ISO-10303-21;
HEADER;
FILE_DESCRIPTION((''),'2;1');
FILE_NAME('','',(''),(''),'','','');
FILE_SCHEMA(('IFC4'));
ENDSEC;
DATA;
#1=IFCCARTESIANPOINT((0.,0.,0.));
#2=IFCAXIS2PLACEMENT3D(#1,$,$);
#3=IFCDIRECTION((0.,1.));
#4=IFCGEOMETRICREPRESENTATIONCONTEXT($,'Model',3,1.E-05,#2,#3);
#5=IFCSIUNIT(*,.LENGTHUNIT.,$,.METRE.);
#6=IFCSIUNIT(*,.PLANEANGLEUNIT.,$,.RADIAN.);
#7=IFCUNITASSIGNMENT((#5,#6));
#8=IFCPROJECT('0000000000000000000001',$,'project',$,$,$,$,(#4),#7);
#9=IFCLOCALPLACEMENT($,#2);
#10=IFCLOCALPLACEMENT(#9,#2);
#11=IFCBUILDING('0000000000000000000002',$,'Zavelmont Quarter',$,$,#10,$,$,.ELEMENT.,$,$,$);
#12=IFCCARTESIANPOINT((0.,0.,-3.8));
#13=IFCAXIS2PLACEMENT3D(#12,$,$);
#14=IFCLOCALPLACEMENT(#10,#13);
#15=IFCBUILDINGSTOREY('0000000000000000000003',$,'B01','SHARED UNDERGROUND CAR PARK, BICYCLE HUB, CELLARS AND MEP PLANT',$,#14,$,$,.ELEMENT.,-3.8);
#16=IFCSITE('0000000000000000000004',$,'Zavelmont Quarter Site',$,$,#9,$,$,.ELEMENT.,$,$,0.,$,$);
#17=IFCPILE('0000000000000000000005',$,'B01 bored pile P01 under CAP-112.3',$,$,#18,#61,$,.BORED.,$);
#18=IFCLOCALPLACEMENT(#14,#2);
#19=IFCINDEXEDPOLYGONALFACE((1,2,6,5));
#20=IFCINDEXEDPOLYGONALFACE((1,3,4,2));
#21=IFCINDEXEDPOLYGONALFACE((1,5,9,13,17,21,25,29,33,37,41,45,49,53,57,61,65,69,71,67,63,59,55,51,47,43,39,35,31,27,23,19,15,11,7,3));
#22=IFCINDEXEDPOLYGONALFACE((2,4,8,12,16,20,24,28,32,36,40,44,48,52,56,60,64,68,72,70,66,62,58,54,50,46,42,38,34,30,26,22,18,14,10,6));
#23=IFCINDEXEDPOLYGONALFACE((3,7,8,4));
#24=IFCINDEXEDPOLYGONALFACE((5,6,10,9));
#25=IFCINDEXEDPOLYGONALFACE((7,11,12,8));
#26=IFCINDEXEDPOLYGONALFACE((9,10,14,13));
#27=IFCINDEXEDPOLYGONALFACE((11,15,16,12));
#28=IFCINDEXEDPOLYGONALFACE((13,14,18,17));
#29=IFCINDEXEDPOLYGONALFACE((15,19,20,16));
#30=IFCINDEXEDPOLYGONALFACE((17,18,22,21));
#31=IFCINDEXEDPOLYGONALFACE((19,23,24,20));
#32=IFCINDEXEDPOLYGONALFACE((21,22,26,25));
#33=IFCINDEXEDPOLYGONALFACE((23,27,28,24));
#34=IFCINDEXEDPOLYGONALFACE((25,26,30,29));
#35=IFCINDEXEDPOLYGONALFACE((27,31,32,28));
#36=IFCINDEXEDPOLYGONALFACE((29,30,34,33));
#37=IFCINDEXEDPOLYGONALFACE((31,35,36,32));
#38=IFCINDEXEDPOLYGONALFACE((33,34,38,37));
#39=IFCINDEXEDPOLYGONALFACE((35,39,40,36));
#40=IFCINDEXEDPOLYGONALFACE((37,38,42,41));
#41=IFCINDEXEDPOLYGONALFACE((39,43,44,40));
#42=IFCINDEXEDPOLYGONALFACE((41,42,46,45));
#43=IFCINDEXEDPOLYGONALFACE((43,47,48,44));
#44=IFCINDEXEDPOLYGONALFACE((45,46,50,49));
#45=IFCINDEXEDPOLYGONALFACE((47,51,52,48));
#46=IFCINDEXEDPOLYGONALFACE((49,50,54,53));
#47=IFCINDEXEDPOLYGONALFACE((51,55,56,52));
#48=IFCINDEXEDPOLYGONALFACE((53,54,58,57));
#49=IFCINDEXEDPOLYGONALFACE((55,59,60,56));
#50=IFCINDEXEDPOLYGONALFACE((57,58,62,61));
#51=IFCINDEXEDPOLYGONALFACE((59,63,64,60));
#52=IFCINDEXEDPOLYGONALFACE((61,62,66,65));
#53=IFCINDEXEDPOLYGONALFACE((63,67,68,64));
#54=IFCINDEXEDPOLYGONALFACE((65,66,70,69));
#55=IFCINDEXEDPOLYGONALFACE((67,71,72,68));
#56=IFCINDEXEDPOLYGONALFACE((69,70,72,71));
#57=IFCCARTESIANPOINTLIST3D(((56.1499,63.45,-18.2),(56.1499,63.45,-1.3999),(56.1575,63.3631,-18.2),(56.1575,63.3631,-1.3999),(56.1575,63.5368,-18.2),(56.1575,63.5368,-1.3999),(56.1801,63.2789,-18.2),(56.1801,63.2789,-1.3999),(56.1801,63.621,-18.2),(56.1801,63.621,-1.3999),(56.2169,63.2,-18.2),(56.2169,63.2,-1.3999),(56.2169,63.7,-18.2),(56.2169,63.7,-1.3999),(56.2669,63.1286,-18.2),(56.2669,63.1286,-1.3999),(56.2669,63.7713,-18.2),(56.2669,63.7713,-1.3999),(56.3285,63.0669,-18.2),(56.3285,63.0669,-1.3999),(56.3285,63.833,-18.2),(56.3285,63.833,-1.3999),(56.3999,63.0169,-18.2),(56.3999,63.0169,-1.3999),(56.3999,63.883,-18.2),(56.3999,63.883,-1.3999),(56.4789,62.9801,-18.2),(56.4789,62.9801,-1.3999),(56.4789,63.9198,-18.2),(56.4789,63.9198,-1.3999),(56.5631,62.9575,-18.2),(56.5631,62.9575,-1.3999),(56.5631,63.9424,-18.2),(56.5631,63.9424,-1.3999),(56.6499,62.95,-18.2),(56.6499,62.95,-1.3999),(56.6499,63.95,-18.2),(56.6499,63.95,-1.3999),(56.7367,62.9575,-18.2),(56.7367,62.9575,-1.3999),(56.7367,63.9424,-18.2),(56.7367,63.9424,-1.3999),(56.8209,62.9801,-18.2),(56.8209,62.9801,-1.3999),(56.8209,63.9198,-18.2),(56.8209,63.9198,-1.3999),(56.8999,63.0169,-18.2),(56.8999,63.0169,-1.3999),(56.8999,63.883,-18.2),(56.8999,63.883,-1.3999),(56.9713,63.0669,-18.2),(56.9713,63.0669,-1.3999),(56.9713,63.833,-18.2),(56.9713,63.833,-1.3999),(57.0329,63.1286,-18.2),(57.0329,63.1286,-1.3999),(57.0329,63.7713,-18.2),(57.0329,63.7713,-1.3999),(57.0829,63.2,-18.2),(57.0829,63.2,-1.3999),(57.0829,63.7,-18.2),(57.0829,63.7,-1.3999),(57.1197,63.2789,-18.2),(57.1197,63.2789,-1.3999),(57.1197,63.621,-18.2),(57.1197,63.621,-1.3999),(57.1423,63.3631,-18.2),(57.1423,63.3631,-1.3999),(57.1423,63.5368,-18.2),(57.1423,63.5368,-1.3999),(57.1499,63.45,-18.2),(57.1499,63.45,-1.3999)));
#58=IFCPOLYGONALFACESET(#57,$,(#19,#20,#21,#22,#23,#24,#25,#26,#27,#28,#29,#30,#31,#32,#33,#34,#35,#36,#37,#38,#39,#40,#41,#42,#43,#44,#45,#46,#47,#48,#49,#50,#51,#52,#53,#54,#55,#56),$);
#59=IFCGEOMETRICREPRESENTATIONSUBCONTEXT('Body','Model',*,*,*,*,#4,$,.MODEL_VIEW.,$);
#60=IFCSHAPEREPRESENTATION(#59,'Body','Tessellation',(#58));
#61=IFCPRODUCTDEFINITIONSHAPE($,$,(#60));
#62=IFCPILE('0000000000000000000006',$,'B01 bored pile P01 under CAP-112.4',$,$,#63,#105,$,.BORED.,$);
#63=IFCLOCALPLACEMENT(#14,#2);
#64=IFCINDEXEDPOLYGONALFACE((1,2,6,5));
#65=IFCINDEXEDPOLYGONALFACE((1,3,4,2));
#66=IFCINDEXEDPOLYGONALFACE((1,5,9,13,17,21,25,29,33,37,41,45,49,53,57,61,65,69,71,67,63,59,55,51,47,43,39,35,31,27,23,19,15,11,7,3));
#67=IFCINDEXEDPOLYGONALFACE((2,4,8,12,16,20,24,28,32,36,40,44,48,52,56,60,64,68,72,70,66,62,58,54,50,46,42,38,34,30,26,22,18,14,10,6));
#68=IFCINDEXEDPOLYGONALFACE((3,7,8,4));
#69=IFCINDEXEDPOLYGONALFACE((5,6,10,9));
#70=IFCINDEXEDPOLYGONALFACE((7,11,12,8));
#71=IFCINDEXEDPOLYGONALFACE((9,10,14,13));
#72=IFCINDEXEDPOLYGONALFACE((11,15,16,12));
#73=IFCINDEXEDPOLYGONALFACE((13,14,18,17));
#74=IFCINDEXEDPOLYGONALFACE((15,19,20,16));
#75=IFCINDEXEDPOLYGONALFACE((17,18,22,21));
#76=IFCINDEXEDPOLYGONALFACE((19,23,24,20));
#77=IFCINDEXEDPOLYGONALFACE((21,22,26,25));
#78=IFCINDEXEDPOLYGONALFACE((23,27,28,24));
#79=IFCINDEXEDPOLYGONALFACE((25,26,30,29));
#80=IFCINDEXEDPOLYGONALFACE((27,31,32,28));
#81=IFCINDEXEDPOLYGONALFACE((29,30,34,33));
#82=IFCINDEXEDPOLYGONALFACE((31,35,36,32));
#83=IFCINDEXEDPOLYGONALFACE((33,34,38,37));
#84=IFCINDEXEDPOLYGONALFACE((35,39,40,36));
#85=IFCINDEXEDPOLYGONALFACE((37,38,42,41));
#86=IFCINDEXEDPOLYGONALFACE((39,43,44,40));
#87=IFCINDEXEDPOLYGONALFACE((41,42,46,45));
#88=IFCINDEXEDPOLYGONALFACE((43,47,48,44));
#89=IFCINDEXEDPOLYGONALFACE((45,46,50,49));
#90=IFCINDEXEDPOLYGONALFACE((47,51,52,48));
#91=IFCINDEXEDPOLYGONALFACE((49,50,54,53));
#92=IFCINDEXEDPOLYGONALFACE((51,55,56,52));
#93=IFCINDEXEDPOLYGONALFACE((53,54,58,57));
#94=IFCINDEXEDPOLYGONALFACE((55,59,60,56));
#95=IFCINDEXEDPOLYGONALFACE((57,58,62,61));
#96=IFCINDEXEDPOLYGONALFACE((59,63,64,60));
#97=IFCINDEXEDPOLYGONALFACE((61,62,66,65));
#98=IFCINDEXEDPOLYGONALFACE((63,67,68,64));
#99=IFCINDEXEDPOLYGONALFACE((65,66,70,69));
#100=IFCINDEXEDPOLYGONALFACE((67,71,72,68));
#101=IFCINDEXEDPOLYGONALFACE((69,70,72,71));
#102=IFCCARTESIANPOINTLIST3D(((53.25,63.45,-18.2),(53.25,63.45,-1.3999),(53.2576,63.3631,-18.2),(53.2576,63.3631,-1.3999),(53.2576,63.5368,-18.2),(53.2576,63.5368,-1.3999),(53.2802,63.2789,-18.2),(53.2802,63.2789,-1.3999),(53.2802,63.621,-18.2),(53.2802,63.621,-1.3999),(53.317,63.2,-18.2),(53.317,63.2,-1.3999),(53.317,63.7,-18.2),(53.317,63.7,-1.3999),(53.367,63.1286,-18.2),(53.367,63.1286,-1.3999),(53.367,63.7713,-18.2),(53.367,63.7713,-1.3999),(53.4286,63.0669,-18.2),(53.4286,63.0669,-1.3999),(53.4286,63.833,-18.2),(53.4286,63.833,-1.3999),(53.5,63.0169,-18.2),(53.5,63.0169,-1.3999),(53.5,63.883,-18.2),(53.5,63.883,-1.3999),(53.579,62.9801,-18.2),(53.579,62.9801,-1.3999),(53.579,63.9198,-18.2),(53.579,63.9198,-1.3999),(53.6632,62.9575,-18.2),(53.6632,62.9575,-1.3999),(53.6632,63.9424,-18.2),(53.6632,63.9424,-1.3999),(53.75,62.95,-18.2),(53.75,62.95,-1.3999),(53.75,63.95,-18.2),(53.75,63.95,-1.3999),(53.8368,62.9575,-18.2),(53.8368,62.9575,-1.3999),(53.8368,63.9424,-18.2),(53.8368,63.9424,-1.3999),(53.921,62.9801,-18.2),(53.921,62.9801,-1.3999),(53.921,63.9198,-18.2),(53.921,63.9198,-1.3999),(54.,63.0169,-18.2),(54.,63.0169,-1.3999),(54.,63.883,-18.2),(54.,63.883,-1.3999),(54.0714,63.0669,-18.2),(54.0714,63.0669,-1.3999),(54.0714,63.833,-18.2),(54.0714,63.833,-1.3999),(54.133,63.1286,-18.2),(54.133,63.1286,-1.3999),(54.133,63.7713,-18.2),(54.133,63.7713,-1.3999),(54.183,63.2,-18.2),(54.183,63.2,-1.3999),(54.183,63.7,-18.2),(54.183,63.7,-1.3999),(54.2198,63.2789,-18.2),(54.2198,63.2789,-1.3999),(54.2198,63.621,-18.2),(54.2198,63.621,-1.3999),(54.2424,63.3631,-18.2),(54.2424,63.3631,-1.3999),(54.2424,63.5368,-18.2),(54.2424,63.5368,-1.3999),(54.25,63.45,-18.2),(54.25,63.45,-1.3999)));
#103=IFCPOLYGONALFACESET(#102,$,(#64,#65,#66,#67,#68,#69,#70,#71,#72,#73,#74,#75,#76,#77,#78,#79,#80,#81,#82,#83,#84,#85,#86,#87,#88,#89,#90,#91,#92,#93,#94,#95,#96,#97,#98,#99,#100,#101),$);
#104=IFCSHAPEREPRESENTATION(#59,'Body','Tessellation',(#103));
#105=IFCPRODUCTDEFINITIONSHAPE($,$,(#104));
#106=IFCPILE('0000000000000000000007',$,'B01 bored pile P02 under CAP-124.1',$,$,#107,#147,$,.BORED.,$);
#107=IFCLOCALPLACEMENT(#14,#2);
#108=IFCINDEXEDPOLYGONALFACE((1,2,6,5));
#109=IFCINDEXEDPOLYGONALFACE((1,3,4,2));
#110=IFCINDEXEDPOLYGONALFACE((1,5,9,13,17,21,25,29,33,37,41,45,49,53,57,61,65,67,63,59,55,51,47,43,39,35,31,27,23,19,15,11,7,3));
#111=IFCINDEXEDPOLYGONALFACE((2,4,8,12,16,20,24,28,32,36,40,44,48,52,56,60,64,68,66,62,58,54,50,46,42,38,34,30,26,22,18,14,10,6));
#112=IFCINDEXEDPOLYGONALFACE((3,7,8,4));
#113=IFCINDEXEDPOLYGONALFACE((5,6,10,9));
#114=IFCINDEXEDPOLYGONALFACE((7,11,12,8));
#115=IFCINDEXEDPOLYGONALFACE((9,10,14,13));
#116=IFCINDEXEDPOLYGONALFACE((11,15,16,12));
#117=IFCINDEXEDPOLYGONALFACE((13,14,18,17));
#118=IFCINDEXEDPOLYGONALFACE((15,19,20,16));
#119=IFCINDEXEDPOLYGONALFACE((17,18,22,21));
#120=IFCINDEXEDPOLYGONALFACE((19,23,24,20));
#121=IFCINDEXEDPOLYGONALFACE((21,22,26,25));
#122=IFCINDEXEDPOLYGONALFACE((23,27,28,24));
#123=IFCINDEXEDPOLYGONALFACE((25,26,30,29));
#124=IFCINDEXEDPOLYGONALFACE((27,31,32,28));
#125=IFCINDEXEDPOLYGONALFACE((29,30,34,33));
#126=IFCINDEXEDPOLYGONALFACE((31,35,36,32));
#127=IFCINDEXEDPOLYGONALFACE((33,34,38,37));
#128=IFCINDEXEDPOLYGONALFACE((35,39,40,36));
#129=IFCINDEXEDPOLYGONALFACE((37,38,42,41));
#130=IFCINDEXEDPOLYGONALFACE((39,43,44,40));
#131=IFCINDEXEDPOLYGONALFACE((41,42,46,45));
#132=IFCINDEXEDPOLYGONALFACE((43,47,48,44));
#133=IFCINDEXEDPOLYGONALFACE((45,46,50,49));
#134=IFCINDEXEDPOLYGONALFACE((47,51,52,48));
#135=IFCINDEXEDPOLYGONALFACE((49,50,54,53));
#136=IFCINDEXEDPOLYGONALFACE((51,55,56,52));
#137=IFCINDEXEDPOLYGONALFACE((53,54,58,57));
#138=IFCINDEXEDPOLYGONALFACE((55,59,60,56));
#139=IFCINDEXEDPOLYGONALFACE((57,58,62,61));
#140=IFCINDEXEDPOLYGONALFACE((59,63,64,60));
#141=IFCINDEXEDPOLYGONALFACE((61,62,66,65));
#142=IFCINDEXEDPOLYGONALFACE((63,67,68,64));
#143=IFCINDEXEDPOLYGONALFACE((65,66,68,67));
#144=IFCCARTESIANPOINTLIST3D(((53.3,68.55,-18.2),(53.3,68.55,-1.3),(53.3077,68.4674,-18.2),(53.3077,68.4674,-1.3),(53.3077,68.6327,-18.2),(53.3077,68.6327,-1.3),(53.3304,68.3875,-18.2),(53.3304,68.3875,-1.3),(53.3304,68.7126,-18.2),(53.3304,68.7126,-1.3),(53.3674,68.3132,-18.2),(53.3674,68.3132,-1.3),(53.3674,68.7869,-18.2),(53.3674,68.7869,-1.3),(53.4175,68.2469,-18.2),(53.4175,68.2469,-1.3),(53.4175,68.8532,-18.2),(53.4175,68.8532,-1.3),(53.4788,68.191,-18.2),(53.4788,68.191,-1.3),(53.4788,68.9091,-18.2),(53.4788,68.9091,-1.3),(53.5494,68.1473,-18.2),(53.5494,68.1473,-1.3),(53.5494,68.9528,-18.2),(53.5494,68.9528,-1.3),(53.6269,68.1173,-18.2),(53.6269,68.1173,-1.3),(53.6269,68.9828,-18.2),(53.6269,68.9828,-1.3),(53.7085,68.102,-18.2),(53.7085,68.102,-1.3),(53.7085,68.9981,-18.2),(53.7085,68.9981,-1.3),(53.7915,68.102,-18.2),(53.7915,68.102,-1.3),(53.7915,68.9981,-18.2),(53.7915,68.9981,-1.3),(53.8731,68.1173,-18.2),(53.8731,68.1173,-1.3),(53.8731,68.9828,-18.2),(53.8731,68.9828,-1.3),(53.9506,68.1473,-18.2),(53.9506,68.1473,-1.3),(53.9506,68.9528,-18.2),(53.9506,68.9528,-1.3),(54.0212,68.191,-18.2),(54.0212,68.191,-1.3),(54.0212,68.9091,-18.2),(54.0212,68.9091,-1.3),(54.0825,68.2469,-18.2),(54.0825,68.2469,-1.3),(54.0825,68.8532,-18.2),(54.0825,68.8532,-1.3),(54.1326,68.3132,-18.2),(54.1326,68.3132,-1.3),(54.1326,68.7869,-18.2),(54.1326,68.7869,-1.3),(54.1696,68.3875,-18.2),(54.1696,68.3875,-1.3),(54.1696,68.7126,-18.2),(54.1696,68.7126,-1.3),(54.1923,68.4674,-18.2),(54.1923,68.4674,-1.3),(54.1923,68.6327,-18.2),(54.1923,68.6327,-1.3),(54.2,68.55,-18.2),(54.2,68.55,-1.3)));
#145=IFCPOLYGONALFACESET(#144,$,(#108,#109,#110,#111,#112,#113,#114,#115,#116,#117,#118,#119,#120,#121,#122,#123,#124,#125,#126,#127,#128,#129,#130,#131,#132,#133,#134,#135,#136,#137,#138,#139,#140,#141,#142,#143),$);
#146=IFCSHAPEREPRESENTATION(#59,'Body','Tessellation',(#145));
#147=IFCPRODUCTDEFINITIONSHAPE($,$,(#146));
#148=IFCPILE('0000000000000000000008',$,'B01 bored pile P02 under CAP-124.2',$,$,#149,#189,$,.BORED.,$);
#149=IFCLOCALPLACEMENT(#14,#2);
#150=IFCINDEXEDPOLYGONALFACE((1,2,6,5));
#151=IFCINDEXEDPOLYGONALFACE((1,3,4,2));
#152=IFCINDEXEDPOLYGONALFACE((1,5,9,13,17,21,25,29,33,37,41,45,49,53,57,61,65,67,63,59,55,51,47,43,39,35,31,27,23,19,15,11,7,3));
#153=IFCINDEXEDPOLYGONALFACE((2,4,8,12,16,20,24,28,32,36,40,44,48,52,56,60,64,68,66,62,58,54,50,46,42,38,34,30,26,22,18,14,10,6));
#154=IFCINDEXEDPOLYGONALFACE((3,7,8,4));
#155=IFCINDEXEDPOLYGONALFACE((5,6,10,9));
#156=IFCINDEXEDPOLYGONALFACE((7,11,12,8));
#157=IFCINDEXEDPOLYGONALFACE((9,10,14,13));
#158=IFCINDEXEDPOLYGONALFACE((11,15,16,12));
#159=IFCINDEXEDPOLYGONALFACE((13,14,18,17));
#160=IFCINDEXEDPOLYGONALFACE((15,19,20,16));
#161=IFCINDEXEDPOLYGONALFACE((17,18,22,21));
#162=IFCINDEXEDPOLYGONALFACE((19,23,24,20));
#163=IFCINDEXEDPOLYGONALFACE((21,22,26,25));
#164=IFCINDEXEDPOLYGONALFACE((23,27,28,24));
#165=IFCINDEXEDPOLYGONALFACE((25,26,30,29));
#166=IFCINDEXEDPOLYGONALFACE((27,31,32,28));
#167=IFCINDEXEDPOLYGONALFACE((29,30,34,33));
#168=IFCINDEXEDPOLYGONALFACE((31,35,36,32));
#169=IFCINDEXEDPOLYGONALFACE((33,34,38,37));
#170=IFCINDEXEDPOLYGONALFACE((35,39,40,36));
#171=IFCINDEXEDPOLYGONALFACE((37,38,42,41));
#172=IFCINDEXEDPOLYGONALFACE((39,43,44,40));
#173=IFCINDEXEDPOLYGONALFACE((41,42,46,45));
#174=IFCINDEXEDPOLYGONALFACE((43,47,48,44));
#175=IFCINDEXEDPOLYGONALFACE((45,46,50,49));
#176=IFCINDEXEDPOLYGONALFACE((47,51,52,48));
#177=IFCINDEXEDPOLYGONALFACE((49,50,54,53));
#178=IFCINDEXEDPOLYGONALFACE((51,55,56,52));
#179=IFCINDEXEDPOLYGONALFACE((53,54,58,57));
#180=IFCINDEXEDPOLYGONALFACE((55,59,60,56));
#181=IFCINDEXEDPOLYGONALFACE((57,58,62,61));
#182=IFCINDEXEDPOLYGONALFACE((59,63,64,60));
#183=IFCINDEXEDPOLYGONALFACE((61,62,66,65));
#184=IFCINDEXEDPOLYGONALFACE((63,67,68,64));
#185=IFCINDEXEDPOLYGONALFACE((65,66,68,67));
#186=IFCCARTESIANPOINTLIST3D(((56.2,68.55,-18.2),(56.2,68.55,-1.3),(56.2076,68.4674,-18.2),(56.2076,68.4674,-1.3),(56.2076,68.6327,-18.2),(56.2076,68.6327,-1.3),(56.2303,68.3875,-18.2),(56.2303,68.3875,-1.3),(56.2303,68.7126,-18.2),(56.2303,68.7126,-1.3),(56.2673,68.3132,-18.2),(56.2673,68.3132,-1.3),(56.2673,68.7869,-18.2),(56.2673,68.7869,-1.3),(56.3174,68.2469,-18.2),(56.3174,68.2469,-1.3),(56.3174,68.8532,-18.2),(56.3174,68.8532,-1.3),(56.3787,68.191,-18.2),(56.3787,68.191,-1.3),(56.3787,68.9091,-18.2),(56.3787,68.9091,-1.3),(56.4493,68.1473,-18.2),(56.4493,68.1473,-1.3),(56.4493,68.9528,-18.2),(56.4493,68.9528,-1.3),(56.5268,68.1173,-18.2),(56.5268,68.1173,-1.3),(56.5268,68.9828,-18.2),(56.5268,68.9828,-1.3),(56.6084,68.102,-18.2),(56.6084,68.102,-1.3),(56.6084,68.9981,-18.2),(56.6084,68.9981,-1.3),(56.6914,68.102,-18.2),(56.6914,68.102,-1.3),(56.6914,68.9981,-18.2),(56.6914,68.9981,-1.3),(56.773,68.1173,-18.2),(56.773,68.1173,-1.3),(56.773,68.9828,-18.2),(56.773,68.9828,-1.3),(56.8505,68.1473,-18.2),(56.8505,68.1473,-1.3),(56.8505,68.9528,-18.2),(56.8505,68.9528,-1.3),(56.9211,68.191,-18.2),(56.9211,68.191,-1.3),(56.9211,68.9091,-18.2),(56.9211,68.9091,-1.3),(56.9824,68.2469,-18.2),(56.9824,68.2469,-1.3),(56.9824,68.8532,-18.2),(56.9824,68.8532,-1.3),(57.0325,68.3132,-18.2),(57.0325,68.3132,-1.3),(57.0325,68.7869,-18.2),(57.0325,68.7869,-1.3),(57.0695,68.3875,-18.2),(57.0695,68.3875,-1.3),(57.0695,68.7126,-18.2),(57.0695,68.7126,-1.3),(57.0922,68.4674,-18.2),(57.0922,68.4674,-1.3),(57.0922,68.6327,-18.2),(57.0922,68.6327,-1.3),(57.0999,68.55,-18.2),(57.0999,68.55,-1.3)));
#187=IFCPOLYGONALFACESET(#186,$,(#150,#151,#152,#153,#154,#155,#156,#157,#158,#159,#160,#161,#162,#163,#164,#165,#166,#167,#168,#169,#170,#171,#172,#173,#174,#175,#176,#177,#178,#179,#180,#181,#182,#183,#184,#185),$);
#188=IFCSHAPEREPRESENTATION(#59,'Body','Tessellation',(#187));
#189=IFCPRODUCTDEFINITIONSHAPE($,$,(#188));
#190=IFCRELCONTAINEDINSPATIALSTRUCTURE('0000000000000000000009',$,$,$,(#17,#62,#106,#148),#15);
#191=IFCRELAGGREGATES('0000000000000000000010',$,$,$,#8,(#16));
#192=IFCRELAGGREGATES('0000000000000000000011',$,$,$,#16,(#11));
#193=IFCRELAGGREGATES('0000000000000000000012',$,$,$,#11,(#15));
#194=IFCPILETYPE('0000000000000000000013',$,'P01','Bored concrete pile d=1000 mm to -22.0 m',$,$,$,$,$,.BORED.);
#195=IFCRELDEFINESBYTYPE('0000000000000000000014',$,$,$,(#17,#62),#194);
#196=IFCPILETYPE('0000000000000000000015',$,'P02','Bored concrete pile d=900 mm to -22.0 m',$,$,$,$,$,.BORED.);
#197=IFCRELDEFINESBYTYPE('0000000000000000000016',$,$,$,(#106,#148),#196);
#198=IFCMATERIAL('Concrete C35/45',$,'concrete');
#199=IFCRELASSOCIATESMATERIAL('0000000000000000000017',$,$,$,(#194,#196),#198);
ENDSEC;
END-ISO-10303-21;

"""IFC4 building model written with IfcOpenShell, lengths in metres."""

from ifc_helpers import new_model, si_unit, direction, frame, origin, origin_2d, place, context, subcontext, project, spatial, circle, extrude, material, material_profile, profile_set, type_object, element, save


model = new_model("IFC4")

# Units and contexts
model_context = context("Model", 3, precision=1e-05, world=origin(), true_north=direction((0.0, 1.0)))
body_context = subcontext(model_context, "Body", "Model", "MODEL_VIEW")
ifc_project = project(units=[si_unit("LENGTHUNIT", "METRE"), si_unit("PLANEANGLEUNIT", "RADIAN")], contexts=[model_context])

# Site, building, storey
site_placement = place(None, origin())
site = spatial("IfcSite", under=ifc_project, at=site_placement, Name="Zavelmont Quarter Site", CompositionType="ELEMENT", RefElevation=0.0)
building_placement = place(site_placement, origin())
building = spatial("IfcBuilding", under=site, at=building_placement, Name="Zavelmont Quarter", CompositionType="ELEMENT")
storey_placement = place(building_placement, frame((0.0, 0.0, -3.8)))
storey = spatial("IfcBuildingStorey", under=building, at=storey_placement, Name="B01", Description="SHARED UNDERGROUND CAR PARK, BICYCLE HUB, CELLARS AND MEP PLANT", CompositionType="ELEMENT", Elevation=-3.8)

# Shared definitions
ifc_material_1 = material(Name="Concrete C35/45", Category="concrete")

# Piles
ifc_material_profile_1 = material_profile(ifc_material_1, circle(Radius=0.5, at=origin_2d()), Name="BP1000")
ifc_profile_set_1 = profile_set([ifc_material_profile_1], Name="Concrete C35/45")
pile_type_1 = type_object("IfcPileType", Name="P01", Description="Bored concrete pile d=1000 mm to -22.0 m", PredefinedType="BORED", material=ifc_profile_set_1)
for number, where, z_axis, x_axis, name in (
    (1, (56.6499, 63.45, -1.3999), (0.0, 0.0, -1.0), (1.0, 0.0, 0.0), "B01 bored pile P01 under CAP-112.3"),
    (2, (53.75, 63.45, -1.3999), (0.0, 0.0, -1.0), (1.0, 0.0, 0.0), "B01 bored pile P01 under CAP-112.4"),
):
    element("IfcPile", number, at=place(storey_placement, frame(where, z_axis=z_axis, x_axis=x_axis)), inside=storey, type_object=pile_type_1, Name=name, PredefinedType="BORED", context=body_context, shape_type="SweptSolid", body=[
        extrude(circle(Radius=0.5, at=origin_2d()), origin(), (0.0, 0.0, 1.0), 16.8),
    ])
ifc_material_profile_2 = material_profile(ifc_material_1, circle(Radius=0.45, at=origin_2d()), Name="BP900")
ifc_profile_set_2 = profile_set([ifc_material_profile_2], Name="Concrete C35/45")
pile_type_2 = type_object("IfcPileType", Name="P02", Description="Bored concrete pile d=900 mm to -22.0 m", PredefinedType="BORED", material=ifc_profile_set_2)
for number, where, z_axis, x_axis, name in (
    (3, (53.75, 68.55, -1.3), (0.0, 0.0, -1.0), (1.0, 0.0, 0.0), "B01 bored pile P02 under CAP-124.1"),
    (4, (56.6499, 68.55, -1.3), (0.0, 0.0, -1.0), (1.0, 0.0, 0.0), "B01 bored pile P02 under CAP-124.2"),
):
    element("IfcPile", number, at=place(storey_placement, frame(where, z_axis=z_axis, x_axis=x_axis)), inside=storey, type_object=pile_type_2, Name=name, PredefinedType="BORED", context=body_context, shape_type="SweptSolid", body=[
        extrude(circle(Radius=0.45, at=origin_2d()), origin(), (0.0, 0.0, 1.0), 16.8999),
    ])

save(model, "model.ifc")
